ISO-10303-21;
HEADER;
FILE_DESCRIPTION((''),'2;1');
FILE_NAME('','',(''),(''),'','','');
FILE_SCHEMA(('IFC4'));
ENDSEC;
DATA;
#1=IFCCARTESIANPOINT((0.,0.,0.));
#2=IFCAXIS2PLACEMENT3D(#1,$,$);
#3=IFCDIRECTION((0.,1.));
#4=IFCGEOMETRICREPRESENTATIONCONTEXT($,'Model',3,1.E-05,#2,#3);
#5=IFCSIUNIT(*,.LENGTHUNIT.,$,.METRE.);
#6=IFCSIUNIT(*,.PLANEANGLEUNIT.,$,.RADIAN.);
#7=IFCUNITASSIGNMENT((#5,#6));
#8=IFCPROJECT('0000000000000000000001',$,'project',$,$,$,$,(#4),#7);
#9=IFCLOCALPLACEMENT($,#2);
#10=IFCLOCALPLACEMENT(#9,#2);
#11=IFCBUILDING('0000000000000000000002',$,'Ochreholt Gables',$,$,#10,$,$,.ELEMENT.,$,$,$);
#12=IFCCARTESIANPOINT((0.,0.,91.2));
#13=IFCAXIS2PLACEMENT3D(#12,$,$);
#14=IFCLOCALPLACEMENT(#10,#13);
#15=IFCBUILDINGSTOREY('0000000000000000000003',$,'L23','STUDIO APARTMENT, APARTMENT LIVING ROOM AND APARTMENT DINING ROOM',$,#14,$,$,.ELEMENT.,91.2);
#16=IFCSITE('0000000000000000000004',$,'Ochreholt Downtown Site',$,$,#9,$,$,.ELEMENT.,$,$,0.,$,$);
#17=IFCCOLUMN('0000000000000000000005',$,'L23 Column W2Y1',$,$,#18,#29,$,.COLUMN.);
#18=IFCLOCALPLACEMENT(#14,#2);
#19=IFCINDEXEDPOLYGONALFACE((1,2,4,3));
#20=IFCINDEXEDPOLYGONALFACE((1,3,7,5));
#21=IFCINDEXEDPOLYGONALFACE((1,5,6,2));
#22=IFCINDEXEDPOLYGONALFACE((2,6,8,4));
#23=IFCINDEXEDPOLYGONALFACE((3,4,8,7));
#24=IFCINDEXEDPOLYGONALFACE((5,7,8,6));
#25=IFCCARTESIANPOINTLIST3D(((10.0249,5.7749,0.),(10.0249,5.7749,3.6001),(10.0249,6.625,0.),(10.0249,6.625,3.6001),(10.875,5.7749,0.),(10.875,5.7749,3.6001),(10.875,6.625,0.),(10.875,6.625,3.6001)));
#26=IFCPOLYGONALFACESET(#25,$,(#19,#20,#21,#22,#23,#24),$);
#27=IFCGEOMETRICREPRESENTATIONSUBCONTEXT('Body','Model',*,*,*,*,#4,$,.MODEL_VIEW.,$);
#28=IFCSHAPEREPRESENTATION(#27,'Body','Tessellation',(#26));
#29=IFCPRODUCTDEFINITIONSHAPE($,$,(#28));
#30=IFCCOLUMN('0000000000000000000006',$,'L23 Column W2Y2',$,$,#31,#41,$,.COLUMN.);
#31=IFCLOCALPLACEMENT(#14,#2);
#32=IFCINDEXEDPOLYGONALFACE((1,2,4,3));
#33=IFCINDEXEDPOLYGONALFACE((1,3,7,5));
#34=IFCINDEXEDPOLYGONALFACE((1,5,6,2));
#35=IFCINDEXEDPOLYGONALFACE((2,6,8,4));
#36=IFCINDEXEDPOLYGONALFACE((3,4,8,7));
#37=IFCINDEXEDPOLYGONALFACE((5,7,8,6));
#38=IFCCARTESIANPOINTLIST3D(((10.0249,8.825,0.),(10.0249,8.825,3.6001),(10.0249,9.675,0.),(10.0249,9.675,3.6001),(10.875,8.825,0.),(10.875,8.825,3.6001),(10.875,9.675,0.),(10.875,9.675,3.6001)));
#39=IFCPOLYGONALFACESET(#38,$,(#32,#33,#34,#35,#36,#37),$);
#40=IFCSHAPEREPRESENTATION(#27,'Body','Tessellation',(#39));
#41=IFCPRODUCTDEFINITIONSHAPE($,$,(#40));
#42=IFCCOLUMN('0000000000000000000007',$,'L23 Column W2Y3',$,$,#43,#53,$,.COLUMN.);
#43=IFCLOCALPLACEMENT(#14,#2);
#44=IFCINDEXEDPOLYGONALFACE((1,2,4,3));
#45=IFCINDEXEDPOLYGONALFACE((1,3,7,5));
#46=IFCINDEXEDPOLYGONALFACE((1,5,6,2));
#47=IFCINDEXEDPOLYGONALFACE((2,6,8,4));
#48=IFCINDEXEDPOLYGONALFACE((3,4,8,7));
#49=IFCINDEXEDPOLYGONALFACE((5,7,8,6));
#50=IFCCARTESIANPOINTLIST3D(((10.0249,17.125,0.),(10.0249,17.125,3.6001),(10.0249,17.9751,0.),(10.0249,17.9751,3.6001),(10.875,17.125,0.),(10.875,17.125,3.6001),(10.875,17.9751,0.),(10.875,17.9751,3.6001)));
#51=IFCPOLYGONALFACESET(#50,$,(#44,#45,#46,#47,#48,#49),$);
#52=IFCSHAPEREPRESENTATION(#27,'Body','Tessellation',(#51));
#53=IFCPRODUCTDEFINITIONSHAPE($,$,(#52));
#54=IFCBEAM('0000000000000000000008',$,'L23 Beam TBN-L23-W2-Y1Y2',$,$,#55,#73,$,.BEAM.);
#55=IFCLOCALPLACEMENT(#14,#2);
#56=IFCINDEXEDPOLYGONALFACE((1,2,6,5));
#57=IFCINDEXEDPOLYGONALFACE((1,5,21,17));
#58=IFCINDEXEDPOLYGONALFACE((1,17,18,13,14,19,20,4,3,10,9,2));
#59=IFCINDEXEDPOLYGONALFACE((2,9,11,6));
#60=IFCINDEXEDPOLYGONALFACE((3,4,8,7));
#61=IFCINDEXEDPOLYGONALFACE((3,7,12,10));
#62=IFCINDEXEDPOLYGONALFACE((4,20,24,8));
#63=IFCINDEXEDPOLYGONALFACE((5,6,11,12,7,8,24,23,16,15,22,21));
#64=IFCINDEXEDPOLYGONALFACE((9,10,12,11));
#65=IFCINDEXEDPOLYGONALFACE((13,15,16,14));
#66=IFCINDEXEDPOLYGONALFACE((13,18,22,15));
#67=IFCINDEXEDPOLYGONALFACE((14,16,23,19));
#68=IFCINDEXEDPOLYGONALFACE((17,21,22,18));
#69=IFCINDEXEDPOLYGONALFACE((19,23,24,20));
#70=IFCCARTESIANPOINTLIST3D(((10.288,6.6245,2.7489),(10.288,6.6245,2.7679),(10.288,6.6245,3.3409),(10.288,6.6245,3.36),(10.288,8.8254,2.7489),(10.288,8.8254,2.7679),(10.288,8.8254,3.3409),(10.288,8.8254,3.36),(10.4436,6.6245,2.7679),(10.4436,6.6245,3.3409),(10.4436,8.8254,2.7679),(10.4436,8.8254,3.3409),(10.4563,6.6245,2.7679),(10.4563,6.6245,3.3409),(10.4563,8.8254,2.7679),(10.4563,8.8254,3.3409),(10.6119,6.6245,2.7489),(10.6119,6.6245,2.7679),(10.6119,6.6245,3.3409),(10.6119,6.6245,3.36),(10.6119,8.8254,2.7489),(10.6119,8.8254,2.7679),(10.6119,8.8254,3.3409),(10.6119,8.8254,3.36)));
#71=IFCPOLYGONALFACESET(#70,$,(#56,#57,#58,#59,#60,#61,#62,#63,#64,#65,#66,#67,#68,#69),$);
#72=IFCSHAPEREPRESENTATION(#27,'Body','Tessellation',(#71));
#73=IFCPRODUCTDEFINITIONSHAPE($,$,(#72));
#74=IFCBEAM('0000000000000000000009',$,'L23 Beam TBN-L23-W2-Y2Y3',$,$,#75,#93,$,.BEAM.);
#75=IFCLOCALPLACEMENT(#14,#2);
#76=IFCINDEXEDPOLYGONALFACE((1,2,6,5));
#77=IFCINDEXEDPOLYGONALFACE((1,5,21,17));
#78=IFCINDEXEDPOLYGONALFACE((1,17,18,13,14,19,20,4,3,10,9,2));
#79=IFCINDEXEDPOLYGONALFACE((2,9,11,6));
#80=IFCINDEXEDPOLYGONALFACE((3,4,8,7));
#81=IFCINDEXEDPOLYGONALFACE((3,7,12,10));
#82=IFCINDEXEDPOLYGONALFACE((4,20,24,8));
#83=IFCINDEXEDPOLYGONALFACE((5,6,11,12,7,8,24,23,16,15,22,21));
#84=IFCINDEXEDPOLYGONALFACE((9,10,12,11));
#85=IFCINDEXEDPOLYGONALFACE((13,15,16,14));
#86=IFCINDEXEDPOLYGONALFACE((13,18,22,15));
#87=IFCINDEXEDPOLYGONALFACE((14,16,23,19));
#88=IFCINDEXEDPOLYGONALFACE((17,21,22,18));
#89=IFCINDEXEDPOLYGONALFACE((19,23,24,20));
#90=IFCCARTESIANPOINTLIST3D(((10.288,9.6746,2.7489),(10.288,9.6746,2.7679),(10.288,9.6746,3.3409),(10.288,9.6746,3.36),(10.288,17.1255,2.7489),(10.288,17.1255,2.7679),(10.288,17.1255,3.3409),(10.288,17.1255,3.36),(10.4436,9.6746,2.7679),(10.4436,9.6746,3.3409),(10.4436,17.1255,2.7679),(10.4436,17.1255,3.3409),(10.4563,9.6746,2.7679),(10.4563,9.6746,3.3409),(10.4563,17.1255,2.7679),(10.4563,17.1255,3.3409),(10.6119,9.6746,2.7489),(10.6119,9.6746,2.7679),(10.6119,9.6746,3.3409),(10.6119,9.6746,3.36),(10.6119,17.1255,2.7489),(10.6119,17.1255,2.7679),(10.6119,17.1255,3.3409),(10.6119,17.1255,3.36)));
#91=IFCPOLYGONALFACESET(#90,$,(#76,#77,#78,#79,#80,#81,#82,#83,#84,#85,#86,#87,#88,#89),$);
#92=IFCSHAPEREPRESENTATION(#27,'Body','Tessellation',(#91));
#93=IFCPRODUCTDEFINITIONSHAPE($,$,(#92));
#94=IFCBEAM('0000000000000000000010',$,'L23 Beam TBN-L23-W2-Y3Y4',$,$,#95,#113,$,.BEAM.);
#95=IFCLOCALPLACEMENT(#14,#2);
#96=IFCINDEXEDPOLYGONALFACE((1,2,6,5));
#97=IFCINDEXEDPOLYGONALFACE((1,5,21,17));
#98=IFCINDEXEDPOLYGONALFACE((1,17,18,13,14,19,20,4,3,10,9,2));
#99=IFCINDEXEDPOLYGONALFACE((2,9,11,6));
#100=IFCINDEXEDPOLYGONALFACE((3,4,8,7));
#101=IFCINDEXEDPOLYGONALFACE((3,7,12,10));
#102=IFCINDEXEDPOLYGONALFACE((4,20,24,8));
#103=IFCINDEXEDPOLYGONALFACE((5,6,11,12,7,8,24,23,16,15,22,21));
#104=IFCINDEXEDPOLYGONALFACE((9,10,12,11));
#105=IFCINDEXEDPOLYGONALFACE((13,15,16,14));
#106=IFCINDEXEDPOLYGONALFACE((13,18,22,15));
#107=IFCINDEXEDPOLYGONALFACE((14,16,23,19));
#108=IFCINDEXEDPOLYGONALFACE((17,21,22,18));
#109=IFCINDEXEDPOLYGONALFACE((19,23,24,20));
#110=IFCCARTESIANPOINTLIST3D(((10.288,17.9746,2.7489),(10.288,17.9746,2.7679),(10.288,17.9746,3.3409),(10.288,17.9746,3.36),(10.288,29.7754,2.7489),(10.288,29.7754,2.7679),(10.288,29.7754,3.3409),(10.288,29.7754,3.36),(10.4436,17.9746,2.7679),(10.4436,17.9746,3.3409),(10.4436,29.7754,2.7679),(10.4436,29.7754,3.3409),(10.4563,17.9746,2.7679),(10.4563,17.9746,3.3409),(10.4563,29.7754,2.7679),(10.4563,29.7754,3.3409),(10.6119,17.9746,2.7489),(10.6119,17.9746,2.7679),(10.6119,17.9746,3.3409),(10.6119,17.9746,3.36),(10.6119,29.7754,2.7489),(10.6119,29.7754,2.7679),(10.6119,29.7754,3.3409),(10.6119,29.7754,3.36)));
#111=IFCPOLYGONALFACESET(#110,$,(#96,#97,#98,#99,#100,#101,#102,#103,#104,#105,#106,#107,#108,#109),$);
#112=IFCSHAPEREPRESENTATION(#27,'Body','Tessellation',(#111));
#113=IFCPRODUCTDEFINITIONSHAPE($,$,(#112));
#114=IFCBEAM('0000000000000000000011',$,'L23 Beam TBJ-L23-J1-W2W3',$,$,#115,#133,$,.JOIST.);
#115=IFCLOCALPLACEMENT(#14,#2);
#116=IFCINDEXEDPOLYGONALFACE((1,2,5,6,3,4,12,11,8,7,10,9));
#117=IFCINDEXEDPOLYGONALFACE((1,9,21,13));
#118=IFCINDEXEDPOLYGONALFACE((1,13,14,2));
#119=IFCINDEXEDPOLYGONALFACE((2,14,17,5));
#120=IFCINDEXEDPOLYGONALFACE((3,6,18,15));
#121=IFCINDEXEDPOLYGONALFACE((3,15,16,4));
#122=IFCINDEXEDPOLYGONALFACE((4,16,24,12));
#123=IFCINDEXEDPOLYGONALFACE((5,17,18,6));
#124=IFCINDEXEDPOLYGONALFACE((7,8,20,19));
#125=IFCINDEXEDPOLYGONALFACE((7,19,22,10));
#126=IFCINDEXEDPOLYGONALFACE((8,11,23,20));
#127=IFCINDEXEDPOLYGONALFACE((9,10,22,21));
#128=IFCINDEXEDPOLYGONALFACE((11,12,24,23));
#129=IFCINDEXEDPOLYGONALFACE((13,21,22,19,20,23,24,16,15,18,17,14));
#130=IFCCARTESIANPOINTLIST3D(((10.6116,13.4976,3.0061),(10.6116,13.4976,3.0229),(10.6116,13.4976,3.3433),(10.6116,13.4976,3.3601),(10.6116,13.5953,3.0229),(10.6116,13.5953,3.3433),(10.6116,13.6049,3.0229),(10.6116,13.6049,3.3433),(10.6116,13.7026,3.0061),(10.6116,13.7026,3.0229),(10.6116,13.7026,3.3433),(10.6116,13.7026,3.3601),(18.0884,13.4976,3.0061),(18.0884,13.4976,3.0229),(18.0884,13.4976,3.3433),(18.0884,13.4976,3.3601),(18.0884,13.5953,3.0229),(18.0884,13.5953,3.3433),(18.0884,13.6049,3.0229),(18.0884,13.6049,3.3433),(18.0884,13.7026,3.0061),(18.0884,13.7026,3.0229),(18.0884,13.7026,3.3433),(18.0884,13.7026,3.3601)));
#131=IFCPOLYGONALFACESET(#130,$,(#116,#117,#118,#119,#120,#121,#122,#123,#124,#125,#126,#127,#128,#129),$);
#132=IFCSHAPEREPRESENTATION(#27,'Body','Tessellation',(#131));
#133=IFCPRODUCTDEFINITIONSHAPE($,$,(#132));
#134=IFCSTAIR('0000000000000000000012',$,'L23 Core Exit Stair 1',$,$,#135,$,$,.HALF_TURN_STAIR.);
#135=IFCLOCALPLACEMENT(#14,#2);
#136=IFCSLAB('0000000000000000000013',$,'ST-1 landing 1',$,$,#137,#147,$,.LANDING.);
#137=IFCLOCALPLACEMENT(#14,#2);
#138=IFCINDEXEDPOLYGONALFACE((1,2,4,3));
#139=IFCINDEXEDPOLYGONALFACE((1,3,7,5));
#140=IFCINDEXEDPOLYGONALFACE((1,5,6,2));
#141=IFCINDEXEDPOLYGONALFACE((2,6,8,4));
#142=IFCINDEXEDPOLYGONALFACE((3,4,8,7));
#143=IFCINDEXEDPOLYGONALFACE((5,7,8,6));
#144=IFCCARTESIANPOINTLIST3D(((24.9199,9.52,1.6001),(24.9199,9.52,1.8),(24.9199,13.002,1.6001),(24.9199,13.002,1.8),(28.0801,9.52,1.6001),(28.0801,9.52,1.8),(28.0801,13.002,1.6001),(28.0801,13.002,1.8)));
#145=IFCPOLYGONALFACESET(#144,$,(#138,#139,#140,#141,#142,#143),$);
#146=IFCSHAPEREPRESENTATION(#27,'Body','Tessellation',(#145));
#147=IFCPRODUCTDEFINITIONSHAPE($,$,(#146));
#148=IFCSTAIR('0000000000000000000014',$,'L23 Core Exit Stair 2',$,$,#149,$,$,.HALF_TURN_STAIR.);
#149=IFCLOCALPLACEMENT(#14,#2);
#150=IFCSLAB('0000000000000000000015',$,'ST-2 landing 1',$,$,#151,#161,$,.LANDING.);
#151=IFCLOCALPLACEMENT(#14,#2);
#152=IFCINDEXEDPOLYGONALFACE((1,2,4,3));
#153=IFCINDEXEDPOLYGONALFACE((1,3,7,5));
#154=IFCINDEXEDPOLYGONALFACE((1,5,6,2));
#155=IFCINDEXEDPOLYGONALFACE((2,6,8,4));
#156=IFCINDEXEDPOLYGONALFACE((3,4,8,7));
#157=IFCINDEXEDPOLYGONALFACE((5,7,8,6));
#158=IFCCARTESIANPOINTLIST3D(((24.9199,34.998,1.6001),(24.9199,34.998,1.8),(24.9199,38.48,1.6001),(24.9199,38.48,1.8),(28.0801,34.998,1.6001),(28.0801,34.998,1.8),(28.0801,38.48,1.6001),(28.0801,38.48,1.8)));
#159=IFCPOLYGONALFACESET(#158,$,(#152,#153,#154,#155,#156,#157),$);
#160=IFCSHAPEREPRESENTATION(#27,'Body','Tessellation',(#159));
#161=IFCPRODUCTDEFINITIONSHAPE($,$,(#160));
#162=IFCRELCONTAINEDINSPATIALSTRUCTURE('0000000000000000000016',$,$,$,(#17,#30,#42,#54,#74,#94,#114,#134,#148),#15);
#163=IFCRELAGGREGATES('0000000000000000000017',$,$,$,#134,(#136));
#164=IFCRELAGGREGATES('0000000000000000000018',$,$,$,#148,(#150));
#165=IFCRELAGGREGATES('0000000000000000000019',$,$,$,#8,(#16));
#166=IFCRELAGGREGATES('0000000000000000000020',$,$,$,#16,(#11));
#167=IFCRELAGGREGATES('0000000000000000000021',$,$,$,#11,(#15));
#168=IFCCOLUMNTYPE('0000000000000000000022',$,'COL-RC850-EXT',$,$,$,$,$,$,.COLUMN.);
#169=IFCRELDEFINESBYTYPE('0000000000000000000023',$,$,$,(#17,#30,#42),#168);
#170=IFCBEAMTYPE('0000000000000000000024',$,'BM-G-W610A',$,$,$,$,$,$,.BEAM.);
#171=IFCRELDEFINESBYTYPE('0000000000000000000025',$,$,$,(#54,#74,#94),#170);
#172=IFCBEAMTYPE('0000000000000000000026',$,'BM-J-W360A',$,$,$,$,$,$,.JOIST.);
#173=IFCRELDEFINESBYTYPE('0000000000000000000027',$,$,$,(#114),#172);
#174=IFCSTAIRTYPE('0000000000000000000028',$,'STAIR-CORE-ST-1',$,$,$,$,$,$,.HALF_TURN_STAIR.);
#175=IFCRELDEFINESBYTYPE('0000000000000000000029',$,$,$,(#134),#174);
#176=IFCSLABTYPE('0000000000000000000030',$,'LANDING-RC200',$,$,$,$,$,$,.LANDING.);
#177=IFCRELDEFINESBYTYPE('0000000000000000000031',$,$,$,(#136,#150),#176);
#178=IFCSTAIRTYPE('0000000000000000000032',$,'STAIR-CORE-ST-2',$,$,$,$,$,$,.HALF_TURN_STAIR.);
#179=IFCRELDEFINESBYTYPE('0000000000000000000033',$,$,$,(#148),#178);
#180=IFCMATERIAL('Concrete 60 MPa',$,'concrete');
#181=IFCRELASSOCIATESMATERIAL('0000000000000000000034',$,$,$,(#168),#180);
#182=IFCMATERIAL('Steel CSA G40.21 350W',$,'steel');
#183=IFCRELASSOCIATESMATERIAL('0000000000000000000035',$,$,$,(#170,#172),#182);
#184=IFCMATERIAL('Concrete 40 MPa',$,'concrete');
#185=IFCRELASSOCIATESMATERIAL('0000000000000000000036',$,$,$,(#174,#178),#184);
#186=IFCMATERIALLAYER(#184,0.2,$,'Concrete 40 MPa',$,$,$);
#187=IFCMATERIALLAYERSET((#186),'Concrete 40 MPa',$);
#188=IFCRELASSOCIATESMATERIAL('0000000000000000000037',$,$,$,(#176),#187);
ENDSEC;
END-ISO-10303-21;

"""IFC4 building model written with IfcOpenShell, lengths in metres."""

from ifc_helpers import new_model, si_unit, direction, frame, origin, origin_2d, place, context, subcontext, project, spatial, polyline, rectangle, i_section, outline, extrude, material, layer, layer_set, material_profile, profile_set, type_object, element, aggregate, save


model = new_model("IFC4")

# Units and contexts
model_context = context("Model", 3, precision=1e-05, world=origin(), true_north=direction((0.0, 1.0)))
body_context = subcontext(model_context, "Body", "Model", "MODEL_VIEW")
ifc_project = project(units=[si_unit("LENGTHUNIT", "METRE"), si_unit("PLANEANGLEUNIT", "RADIAN")], contexts=[model_context])

# Site, building, storey
site_placement = place(None, origin())
site = spatial("IfcSite", under=ifc_project, at=site_placement, Name="Ochreholt Downtown Site", CompositionType="ELEMENT", RefElevation=0.0)
building_placement = place(site_placement, origin())
building = spatial("IfcBuilding", under=site, at=building_placement, Name="Ochreholt Gables", CompositionType="ELEMENT")
storey_placement = place(building_placement, frame((0.0, 0.0, 91.2)))
storey = spatial("IfcBuildingStorey", under=building, at=storey_placement, Name="L23", Description="STUDIO APARTMENT, APARTMENT LIVING ROOM AND APARTMENT DINING ROOM", CompositionType="ELEMENT", Elevation=91.2)

# Columns
ifc_material_1 = material(Name="Concrete 60 MPa", Category="concrete")
ifc_material_profile_1 = material_profile(ifc_material_1, rectangle(XDim=0.8501, YDim=0.8501, at=origin_2d()), Name="RC850X850")
ifc_profile_set_1 = profile_set([ifc_material_profile_1], Name="Concrete 60 MPa")
column_type = type_object("IfcColumnType", Name="COL-RC850-EXT", PredefinedType="COLUMN", material=ifc_profile_set_1)
for number, where, z_axis, x_axis, name in (
    (1, (10.45, 6.2, 0.0), (0.0, 0.0, 1.0), (1.0, 0.0, 0.0), "L23 Column W2Y1"),
    (2, (10.45, 9.25, 0.0), (0.0, 0.0, 1.0), (1.0, 0.0, 0.0), "L23 Column W2Y2"),
    (3, (10.45, 17.55, 0.0), (0.0, 0.0, 1.0), (1.0, 0.0, 0.0), "L23 Column W2Y3"),
):
    element("IfcColumn", number, at=place(storey_placement, frame(where, z_axis=z_axis, x_axis=x_axis)), inside=storey, type_object=column_type, Name=name, PredefinedType="COLUMN", context=body_context, shape_type="SweptSolid", body=[
        extrude(rectangle(XDim=0.8501, YDim=0.8501, at=origin_2d()), origin(), (0.0, 0.0, 1.0), 3.6001),
    ])

# Beams
ifc_material_2 = material(Name="Steel CSA G40.21 350W", Category="steel")
ifc_material_profile_2 = material_profile(ifc_material_2, i_section(OverallWidth=0.324, OverallDepth=0.6111, WebThickness=0.0127, FlangeThickness=0.019, at=origin_2d()), Name="W610X155")
ifc_profile_set_2 = profile_set([ifc_material_profile_2], Name="Steel CSA G40.21 350W")
beam_type_1 = type_object("IfcBeamType", Name="BM-G-W610A", PredefinedType="BEAM", material=ifc_profile_set_2)
beam_1_placement = place(storey_placement, frame((10.45, 6.6245, 3.0544), z_axis=(0.0, 1.0, 0.0), x_axis=(-1.0, 0.0, 0.0)))
element("IfcBeam", 4, at=beam_1_placement, inside=storey, type_object=beam_type_1, Name="L23 Beam TBN-L23-W2-Y1Y2", PredefinedType="BEAM", context=body_context, shape_type="SweptSolid", body=[
    extrude(i_section(OverallWidth=0.324, OverallDepth=0.6111, WebThickness=0.0127, FlangeThickness=0.019, at=origin_2d()), origin(), (0.0, 0.0, 1.0), 2.2009),
])
beam_2_placement = place(storey_placement, frame((10.45, 9.6746, 3.0544), z_axis=(0.0, 1.0, 0.0), x_axis=(-1.0, 0.0, 0.0)))
element("IfcBeam", 5, at=beam_2_placement, inside=storey, type_object=beam_type_1, Name="L23 Beam TBN-L23-W2-Y2Y3", PredefinedType="BEAM", context=body_context, shape_type="SweptSolid", body=[
    extrude(i_section(OverallWidth=0.324, OverallDepth=0.6111, WebThickness=0.0127, FlangeThickness=0.019, at=origin_2d()), origin(), (0.0, 0.0, 1.0), 7.4509),
])
beam_3_placement = place(storey_placement, frame((10.45, 17.9746, 3.0544), z_axis=(0.0, 1.0, 0.0), x_axis=(-1.0, 0.0, 0.0)))
element("IfcBeam", 6, at=beam_3_placement, inside=storey, type_object=beam_type_1, Name="L23 Beam TBN-L23-W2-Y3Y4", PredefinedType="BEAM", context=body_context, shape_type="SweptSolid", body=[
    extrude(i_section(OverallWidth=0.324, OverallDepth=0.6111, WebThickness=0.0127, FlangeThickness=0.019, at=origin_2d()), origin(), (0.0, 0.0, 1.0), 11.8008),
])
ifc_material_profile_3 = material_profile(ifc_material_2, i_section(OverallWidth=0.2051, OverallDepth=0.354, WebThickness=0.0095, FlangeThickness=0.0168, at=origin_2d()), Name="W360X79")
ifc_profile_set_3 = profile_set([ifc_material_profile_3], Name="Steel CSA G40.21 350W")
beam_type_2 = type_object("IfcBeamType", Name="BM-J-W360A", PredefinedType="JOIST", material=ifc_profile_set_3)
beam_4_placement = place(storey_placement, frame((10.6116, 13.6001, 3.1831), z_axis=(1.0, 0.0, 0.0), x_axis=(0.0, 1.0, 0.0)))
element("IfcBeam", 7, at=beam_4_placement, inside=storey, type_object=beam_type_2, Name="L23 Beam TBJ-L23-J1-W2W3", PredefinedType="JOIST", context=body_context, shape_type="SweptSolid", body=[
    extrude(i_section(OverallWidth=0.2051, OverallDepth=0.354, WebThickness=0.0095, FlangeThickness=0.0168, at=origin_2d()), origin(), (0.0, 0.0, 1.0), 7.4768),
])

# Stairs, slabs
ifc_material_3 = material(Name="Concrete 40 MPa", Category="concrete")
stair_type_1 = type_object("IfcStairType", Name="STAIR-CORE-ST-1", PredefinedType="HALF_TURN_STAIR", material=ifc_material_3)
stair_1_placement = place(storey_placement, origin())
stair_1 = element("IfcStair", 8, at=stair_1_placement, inside=storey, type_object=stair_type_1, Name="L23 Core Exit Stair 1", PredefinedType="HALF_TURN_STAIR")
ifc_layer_1 = layer(ifc_material_3, 0.2, Name="Concrete 40 MPa")
ifc_layer_set_1 = layer_set([ifc_layer_1], Name="Concrete 40 MPa")
slab_type_1 = type_object("IfcSlabType", Name="LANDING-RC200", PredefinedType="LANDING", material=ifc_layer_set_1)
slab_1_placement = place(storey_placement, frame((0.0, 0.0, 1.6001)))
slab_1 = element("IfcSlab", 9, at=slab_1_placement, type_object=slab_type_1, Name="ST-1 landing 1", PredefinedType="LANDING", context=body_context, shape_type="SweptSolid", body=[
    extrude(outline(polyline([(24.9199, 13.002), (24.9199, 9.52), (28.0801, 9.52), (28.0801, 13.002), (24.9199, 13.002)])), origin(), (0.0, 0.0, 1.0), 0.2),
])
aggregate(stair_1, [slab_1])
stair_type_2 = type_object("IfcStairType", Name="STAIR-CORE-ST-2", PredefinedType="HALF_TURN_STAIR", material=ifc_material_3)
stair_2_placement = place(storey_placement, origin())
stair_2 = element("IfcStair", 10, at=stair_2_placement, inside=storey, type_object=stair_type_2, Name="L23 Core Exit Stair 2", PredefinedType="HALF_TURN_STAIR")
slab_2_placement = place(storey_placement, frame((0.0, 0.0, 1.6001)))
slab_2 = element("IfcSlab", 11, at=slab_2_placement, type_object=slab_type_1, Name="ST-2 landing 1", PredefinedType="LANDING", context=body_context, shape_type="SweptSolid", body=[
    extrude(outline(polyline([(28.0801, 34.998), (28.0801, 38.48), (24.9199, 38.48), (24.9199, 34.998), (28.0801, 34.998)])), origin(), (0.0, 0.0, 1.0), 0.2),
])
aggregate(stair_2, [slab_2])

save(model, "model.ifc")
